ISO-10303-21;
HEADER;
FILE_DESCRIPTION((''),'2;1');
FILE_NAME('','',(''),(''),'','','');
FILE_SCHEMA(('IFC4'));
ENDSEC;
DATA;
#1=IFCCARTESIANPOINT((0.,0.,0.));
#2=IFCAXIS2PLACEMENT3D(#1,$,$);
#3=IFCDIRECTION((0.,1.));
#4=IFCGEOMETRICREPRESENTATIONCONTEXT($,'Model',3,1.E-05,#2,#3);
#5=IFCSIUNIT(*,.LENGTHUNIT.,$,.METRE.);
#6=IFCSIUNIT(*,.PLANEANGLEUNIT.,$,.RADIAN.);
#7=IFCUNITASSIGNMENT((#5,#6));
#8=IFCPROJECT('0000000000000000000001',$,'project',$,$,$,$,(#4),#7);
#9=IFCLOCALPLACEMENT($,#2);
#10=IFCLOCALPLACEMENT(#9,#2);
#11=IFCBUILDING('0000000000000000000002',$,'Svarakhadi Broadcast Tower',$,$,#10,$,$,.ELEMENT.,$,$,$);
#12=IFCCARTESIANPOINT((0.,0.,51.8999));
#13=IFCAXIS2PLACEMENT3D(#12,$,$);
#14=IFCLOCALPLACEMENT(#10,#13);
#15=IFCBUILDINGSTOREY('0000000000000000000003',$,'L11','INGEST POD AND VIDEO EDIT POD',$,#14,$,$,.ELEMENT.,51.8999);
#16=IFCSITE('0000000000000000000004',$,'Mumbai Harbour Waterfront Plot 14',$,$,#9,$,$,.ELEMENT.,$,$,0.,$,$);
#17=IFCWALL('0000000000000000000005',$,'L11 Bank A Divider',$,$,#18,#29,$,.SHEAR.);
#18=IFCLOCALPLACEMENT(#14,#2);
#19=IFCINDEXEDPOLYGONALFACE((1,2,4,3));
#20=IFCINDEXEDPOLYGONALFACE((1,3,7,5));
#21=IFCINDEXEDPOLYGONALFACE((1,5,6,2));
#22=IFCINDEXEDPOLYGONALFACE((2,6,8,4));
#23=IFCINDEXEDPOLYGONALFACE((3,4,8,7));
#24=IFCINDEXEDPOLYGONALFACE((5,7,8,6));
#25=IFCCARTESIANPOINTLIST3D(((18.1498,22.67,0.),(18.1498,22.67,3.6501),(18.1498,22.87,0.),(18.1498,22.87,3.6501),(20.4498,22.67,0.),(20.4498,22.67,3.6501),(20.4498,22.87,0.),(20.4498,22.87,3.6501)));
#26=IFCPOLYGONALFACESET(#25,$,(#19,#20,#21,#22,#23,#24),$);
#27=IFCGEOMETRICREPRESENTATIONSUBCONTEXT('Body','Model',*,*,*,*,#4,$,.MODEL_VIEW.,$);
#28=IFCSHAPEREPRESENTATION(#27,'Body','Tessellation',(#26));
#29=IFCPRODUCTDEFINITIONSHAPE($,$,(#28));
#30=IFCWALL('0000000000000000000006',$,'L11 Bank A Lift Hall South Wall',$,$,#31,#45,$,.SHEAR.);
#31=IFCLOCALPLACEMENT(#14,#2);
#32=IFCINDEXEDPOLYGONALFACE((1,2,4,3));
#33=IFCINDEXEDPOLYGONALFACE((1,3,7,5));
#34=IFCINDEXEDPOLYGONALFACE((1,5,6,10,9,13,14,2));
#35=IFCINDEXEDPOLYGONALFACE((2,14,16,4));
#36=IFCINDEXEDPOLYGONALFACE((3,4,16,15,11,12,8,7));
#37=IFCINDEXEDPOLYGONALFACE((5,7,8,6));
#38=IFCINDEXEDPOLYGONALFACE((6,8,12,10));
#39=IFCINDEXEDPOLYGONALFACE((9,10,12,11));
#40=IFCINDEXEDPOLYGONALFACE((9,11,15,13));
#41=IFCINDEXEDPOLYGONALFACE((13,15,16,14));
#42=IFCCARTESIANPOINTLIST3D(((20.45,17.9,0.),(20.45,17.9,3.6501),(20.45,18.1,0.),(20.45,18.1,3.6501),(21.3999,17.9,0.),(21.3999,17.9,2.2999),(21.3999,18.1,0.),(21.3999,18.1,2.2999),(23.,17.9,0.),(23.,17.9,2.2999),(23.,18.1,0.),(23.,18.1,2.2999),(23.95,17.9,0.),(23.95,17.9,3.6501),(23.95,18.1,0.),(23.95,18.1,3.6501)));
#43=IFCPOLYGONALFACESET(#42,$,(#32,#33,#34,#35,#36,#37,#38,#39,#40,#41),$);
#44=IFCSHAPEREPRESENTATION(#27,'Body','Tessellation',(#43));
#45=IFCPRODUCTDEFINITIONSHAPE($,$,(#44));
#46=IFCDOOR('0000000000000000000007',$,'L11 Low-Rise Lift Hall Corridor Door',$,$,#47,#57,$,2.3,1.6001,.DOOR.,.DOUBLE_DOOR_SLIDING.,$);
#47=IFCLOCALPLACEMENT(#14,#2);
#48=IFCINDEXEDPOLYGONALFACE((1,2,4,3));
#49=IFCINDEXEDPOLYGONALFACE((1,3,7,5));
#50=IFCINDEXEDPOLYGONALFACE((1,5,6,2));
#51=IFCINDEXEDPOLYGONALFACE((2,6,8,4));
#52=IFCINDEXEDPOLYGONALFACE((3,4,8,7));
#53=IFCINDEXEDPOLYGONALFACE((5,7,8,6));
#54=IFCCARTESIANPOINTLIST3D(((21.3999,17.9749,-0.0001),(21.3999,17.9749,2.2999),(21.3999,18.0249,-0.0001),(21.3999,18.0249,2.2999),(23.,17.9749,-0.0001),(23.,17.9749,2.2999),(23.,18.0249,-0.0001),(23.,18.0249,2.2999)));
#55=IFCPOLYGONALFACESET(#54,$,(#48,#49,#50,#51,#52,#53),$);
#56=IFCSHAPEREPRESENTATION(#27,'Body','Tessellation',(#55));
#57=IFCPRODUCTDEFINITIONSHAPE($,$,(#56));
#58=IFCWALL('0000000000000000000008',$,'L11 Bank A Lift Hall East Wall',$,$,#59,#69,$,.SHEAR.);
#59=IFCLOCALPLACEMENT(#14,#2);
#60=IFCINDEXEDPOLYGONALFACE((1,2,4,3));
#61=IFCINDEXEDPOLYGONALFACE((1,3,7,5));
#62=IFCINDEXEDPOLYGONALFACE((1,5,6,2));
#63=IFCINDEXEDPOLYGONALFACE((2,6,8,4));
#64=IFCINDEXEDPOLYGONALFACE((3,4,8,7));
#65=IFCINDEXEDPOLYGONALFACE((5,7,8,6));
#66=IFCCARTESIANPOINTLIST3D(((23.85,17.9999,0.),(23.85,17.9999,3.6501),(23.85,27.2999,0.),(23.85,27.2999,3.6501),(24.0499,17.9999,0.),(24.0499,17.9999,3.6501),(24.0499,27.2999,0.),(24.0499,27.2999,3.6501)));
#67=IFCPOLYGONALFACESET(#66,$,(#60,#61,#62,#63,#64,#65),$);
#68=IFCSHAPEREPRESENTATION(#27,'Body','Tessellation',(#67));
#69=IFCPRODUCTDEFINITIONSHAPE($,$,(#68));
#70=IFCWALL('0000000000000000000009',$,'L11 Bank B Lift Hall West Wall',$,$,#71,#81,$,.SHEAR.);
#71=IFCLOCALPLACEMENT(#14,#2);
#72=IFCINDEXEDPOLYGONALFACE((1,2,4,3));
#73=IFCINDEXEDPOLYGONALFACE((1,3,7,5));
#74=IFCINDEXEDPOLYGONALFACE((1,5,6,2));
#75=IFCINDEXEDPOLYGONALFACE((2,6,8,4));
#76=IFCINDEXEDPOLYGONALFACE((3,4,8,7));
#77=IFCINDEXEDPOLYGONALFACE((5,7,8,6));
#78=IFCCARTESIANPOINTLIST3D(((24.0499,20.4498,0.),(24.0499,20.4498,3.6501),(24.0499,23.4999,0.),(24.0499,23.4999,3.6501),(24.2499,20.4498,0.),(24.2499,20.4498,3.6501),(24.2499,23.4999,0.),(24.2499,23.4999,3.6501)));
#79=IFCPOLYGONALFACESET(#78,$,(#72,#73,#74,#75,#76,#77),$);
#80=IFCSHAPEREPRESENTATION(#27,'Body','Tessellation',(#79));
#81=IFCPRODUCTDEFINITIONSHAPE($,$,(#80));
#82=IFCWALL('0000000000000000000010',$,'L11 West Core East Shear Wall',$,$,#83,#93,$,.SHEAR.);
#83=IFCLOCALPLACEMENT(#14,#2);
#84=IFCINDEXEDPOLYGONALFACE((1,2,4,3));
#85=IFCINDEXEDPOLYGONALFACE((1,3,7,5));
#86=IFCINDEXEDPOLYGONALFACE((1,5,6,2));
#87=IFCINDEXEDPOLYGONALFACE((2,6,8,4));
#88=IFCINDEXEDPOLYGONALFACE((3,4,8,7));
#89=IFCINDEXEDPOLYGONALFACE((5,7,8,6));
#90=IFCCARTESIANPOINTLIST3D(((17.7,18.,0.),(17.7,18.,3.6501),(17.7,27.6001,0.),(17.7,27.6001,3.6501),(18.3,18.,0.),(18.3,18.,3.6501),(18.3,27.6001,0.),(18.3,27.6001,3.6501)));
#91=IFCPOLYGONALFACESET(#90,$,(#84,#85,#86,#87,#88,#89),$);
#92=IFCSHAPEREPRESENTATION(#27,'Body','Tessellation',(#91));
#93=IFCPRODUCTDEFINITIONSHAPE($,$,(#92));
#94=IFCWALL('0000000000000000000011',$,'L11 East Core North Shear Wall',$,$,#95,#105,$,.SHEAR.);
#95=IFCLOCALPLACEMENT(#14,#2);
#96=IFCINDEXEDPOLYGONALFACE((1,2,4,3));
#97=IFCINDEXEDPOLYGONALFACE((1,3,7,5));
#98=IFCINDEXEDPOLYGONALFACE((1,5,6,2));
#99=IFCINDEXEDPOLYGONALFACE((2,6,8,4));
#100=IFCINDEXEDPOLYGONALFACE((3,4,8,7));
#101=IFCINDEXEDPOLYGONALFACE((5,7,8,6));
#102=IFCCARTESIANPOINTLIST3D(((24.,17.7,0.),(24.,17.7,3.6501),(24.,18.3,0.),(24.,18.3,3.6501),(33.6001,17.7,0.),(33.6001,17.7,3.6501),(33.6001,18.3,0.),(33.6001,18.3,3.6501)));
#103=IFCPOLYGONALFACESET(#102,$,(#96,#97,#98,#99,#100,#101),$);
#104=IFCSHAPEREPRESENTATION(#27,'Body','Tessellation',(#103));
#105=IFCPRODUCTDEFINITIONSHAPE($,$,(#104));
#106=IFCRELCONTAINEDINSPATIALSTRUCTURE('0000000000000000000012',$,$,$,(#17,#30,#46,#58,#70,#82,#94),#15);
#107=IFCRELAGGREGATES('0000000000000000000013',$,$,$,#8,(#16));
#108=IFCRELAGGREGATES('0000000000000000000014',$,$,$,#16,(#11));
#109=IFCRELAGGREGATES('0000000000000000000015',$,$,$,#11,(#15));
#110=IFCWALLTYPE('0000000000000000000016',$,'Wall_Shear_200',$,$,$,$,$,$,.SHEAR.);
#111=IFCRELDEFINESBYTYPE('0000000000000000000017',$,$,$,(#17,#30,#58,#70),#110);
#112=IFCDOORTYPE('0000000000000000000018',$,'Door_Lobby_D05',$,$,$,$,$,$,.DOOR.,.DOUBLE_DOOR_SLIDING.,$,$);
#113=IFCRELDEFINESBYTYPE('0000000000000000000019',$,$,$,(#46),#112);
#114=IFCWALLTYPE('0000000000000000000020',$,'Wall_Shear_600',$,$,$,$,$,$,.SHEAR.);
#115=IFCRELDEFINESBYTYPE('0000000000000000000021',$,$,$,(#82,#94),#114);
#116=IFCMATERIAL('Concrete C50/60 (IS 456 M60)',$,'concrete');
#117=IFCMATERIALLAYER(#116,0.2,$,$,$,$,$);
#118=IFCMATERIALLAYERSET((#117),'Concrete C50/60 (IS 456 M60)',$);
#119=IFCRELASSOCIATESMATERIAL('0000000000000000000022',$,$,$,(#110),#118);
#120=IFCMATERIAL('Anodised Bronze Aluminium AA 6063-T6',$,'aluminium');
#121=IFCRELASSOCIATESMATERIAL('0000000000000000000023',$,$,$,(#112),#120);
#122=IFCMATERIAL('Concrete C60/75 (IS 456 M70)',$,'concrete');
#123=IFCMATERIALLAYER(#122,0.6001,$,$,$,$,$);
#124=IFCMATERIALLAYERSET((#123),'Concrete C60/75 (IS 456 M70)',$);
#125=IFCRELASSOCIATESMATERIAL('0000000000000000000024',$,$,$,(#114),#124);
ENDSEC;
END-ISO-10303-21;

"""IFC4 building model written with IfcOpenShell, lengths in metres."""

from ifc_helpers import new_model, si_unit, direction, frame, frame_2d, origin, place, context, subcontext, project, spatial, rectangle, extrude, material, layer, layer_set, type_object, element, fill, save


model = new_model("IFC4")

# Units and contexts
model_context = context("Model", 3, precision=1e-05, world=origin(), true_north=direction((0.0, 1.0)))
body_context = subcontext(model_context, "Body", "Model", "MODEL_VIEW")
ifc_project = project(units=[si_unit("LENGTHUNIT", "METRE"), si_unit("PLANEANGLEUNIT", "RADIAN")], contexts=[model_context])

# Site, building, storey
site_placement = place(None, origin())
site = spatial("IfcSite", under=ifc_project, at=site_placement, Name="Mumbai Harbour Waterfront Plot 14", CompositionType="ELEMENT", RefElevation=0.0)
building_placement = place(site_placement, origin())
building = spatial("IfcBuilding", under=site, at=building_placement, Name="Svarakhadi Broadcast Tower", CompositionType="ELEMENT")
storey_placement = place(building_placement, frame((0.0, 0.0, 51.8999)))
storey = spatial("IfcBuildingStorey", under=building, at=storey_placement, Name="L11", Description="INGEST POD AND VIDEO EDIT POD", CompositionType="ELEMENT", Elevation=51.8999)

# Shared definitions
ifc_material_1 = material(Name="Concrete C60/75 (IS 456 M70)", Category="concrete")

# Shared definitions
ifc_material_2 = material(Name="Anodised Bronze Aluminium AA 6063-T6", Category="aluminium")

# Shared definitions
ifc_material_3 = material(Name="Concrete C50/60 (IS 456 M60)", Category="concrete")
ifc_layer_1 = layer(ifc_material_3, 0.2)
ifc_layer_set_1 = layer_set([ifc_layer_1], Name="Concrete C50/60 (IS 456 M60)")
wall_type_1 = type_object("IfcWallType", Name="Wall_Shear_200", PredefinedType="SHEAR", material=ifc_layer_set_1)

# Wall
for number, where, z_axis, x_axis, name in (
    (1, (18.1499, 22.77, 0.0), (0.0, 0.0, 1.0), (1.0, 0.0, 0.0), "L11 Bank A Divider"),
):
    element("IfcWall", number, at=place(storey_placement, frame(where, z_axis=z_axis, x_axis=x_axis)), inside=storey, type_object=wall_type_1, Name=name, PredefinedType="SHEAR", context=body_context, shape_type="SweptSolid", body=[
        extrude(rectangle(XDim=2.3, YDim=0.2, at=frame_2d((1.1499, 0.0))), origin(), (0.0, 0.0, 1.0), 3.6501),
    ])

# Wall, opening, door
wall_1_placement = place(storey_placement, frame((20.45, 18.0, 0.0), z_axis=(0.0, 0.0, 1.0), x_axis=(1.0, 0.0, 0.0)))
wall_1 = element("IfcWall", 2, at=wall_1_placement, inside=storey, type_object=wall_type_1, Name="L11 Bank A Lift Hall South Wall", PredefinedType="SHEAR", context=body_context, shape_type="SweptSolid", body=[
    extrude(rectangle(XDim=3.5, YDim=0.2, at=frame_2d((1.75, 0.0))), origin(), (0.0, 0.0, 1.0), 3.6501),
])
opening_1_placement = place(wall_1_placement, frame((0.95, 0.0, 0.0)))
opening_1 = element("IfcOpeningElement", 3, at=opening_1_placement, cuts=wall_1, PredefinedType="OPENING", context=body_context, shape_type="SweptSolid", body=[
    extrude(rectangle(XDim=1.6001, YDim=2.3, at=frame_2d((0.8, 1.1499))), frame((0.0, 0.1099, 0.0), z_axis=(0.0, -1.0, 0.0), x_axis=(1.0, 0.0, 0.0)), (0.0, 0.0, 1.0), 0.22),
])
door_type_1 = type_object("IfcDoorType", Name="Door_Lobby_D05", OperationType="DOUBLE_DOOR_SLIDING", PredefinedType="DOOR", material=ifc_material_2)
door_1_placement = place(opening_1_placement, origin())
door_1 = element("IfcDoor", 4, at=door_1_placement, inside=storey, type_object=door_type_1, Name="L11 Low-Rise Lift Hall Corridor Door", OperationType="DOUBLE_DOOR_SLIDING", OverallHeight=2.3, OverallWidth=1.6001, PredefinedType="DOOR", context=body_context, shape_type="SweptSolid", body=[
    extrude(rectangle(XDim=1.6001, YDim=2.3, at=frame_2d((0.8, 1.1499))), frame((0.0, 0.0249, 0.0), z_axis=(0.0, -1.0, 0.0), x_axis=(1.0, 0.0, 0.0)), (0.0, 0.0, 1.0), 0.05),
])
fill(opening_1, door_1)

# Walls
wall_2_placement = place(storey_placement, frame((23.95, 18.0, 0.0), z_axis=(0.0, 0.0, 1.0), x_axis=(0.0, 1.0, 0.0)))
element("IfcWall", 5, at=wall_2_placement, inside=storey, type_object=wall_type_1, Name="L11 Bank A Lift Hall East Wall", PredefinedType="SHEAR", context=body_context, shape_type="SweptSolid", body=[
    extrude(rectangle(XDim=9.3, YDim=0.2, at=frame_2d((4.6499, 0.0))), origin(), (0.0, 0.0, 1.0), 3.6501),
])
wall_3_placement = place(storey_placement, frame((24.1499, 20.45, 0.0), z_axis=(0.0, 0.0, 1.0), x_axis=(0.0, 1.0, 0.0)))
element("IfcWall", 6, at=wall_3_placement, inside=storey, type_object=wall_type_1, Name="L11 Bank B Lift Hall West Wall", PredefinedType="SHEAR", context=body_context, shape_type="SweptSolid", body=[
    extrude(rectangle(XDim=3.05, YDim=0.2, at=frame_2d((1.5249, 0.0))), origin(), (0.0, 0.0, 1.0), 3.6501),
])
ifc_layer_2 = layer(ifc_material_1, 0.6001)
ifc_layer_set_2 = layer_set([ifc_layer_2], Name="Concrete C60/75 (IS 456 M70)")
wall_type_2 = type_object("IfcWallType", Name="Wall_Shear_600", PredefinedType="SHEAR", material=ifc_layer_set_2)
for number, where, z_axis, x_axis, name in (
    (7, (18.0, 18.0, 0.0), (0.0, 0.0, 1.0), (0.0, 1.0, 0.0), "L11 West Core East Shear Wall"),
    (8, (24.0, 18.0, 0.0), (0.0, 0.0, 1.0), (1.0, 0.0, 0.0), "L11 East Core North Shear Wall"),
):
    element("IfcWall", number, at=place(storey_placement, frame(where, z_axis=z_axis, x_axis=x_axis)), inside=storey, type_object=wall_type_2, Name=name, PredefinedType="SHEAR", context=body_context, shape_type="SweptSolid", body=[
        extrude(rectangle(XDim=9.6001, YDim=0.6001, at=frame_2d((4.8, 0.0))), origin(), (0.0, 0.0, 1.0), 3.6501),
    ])

save(model, "model.ifc")
